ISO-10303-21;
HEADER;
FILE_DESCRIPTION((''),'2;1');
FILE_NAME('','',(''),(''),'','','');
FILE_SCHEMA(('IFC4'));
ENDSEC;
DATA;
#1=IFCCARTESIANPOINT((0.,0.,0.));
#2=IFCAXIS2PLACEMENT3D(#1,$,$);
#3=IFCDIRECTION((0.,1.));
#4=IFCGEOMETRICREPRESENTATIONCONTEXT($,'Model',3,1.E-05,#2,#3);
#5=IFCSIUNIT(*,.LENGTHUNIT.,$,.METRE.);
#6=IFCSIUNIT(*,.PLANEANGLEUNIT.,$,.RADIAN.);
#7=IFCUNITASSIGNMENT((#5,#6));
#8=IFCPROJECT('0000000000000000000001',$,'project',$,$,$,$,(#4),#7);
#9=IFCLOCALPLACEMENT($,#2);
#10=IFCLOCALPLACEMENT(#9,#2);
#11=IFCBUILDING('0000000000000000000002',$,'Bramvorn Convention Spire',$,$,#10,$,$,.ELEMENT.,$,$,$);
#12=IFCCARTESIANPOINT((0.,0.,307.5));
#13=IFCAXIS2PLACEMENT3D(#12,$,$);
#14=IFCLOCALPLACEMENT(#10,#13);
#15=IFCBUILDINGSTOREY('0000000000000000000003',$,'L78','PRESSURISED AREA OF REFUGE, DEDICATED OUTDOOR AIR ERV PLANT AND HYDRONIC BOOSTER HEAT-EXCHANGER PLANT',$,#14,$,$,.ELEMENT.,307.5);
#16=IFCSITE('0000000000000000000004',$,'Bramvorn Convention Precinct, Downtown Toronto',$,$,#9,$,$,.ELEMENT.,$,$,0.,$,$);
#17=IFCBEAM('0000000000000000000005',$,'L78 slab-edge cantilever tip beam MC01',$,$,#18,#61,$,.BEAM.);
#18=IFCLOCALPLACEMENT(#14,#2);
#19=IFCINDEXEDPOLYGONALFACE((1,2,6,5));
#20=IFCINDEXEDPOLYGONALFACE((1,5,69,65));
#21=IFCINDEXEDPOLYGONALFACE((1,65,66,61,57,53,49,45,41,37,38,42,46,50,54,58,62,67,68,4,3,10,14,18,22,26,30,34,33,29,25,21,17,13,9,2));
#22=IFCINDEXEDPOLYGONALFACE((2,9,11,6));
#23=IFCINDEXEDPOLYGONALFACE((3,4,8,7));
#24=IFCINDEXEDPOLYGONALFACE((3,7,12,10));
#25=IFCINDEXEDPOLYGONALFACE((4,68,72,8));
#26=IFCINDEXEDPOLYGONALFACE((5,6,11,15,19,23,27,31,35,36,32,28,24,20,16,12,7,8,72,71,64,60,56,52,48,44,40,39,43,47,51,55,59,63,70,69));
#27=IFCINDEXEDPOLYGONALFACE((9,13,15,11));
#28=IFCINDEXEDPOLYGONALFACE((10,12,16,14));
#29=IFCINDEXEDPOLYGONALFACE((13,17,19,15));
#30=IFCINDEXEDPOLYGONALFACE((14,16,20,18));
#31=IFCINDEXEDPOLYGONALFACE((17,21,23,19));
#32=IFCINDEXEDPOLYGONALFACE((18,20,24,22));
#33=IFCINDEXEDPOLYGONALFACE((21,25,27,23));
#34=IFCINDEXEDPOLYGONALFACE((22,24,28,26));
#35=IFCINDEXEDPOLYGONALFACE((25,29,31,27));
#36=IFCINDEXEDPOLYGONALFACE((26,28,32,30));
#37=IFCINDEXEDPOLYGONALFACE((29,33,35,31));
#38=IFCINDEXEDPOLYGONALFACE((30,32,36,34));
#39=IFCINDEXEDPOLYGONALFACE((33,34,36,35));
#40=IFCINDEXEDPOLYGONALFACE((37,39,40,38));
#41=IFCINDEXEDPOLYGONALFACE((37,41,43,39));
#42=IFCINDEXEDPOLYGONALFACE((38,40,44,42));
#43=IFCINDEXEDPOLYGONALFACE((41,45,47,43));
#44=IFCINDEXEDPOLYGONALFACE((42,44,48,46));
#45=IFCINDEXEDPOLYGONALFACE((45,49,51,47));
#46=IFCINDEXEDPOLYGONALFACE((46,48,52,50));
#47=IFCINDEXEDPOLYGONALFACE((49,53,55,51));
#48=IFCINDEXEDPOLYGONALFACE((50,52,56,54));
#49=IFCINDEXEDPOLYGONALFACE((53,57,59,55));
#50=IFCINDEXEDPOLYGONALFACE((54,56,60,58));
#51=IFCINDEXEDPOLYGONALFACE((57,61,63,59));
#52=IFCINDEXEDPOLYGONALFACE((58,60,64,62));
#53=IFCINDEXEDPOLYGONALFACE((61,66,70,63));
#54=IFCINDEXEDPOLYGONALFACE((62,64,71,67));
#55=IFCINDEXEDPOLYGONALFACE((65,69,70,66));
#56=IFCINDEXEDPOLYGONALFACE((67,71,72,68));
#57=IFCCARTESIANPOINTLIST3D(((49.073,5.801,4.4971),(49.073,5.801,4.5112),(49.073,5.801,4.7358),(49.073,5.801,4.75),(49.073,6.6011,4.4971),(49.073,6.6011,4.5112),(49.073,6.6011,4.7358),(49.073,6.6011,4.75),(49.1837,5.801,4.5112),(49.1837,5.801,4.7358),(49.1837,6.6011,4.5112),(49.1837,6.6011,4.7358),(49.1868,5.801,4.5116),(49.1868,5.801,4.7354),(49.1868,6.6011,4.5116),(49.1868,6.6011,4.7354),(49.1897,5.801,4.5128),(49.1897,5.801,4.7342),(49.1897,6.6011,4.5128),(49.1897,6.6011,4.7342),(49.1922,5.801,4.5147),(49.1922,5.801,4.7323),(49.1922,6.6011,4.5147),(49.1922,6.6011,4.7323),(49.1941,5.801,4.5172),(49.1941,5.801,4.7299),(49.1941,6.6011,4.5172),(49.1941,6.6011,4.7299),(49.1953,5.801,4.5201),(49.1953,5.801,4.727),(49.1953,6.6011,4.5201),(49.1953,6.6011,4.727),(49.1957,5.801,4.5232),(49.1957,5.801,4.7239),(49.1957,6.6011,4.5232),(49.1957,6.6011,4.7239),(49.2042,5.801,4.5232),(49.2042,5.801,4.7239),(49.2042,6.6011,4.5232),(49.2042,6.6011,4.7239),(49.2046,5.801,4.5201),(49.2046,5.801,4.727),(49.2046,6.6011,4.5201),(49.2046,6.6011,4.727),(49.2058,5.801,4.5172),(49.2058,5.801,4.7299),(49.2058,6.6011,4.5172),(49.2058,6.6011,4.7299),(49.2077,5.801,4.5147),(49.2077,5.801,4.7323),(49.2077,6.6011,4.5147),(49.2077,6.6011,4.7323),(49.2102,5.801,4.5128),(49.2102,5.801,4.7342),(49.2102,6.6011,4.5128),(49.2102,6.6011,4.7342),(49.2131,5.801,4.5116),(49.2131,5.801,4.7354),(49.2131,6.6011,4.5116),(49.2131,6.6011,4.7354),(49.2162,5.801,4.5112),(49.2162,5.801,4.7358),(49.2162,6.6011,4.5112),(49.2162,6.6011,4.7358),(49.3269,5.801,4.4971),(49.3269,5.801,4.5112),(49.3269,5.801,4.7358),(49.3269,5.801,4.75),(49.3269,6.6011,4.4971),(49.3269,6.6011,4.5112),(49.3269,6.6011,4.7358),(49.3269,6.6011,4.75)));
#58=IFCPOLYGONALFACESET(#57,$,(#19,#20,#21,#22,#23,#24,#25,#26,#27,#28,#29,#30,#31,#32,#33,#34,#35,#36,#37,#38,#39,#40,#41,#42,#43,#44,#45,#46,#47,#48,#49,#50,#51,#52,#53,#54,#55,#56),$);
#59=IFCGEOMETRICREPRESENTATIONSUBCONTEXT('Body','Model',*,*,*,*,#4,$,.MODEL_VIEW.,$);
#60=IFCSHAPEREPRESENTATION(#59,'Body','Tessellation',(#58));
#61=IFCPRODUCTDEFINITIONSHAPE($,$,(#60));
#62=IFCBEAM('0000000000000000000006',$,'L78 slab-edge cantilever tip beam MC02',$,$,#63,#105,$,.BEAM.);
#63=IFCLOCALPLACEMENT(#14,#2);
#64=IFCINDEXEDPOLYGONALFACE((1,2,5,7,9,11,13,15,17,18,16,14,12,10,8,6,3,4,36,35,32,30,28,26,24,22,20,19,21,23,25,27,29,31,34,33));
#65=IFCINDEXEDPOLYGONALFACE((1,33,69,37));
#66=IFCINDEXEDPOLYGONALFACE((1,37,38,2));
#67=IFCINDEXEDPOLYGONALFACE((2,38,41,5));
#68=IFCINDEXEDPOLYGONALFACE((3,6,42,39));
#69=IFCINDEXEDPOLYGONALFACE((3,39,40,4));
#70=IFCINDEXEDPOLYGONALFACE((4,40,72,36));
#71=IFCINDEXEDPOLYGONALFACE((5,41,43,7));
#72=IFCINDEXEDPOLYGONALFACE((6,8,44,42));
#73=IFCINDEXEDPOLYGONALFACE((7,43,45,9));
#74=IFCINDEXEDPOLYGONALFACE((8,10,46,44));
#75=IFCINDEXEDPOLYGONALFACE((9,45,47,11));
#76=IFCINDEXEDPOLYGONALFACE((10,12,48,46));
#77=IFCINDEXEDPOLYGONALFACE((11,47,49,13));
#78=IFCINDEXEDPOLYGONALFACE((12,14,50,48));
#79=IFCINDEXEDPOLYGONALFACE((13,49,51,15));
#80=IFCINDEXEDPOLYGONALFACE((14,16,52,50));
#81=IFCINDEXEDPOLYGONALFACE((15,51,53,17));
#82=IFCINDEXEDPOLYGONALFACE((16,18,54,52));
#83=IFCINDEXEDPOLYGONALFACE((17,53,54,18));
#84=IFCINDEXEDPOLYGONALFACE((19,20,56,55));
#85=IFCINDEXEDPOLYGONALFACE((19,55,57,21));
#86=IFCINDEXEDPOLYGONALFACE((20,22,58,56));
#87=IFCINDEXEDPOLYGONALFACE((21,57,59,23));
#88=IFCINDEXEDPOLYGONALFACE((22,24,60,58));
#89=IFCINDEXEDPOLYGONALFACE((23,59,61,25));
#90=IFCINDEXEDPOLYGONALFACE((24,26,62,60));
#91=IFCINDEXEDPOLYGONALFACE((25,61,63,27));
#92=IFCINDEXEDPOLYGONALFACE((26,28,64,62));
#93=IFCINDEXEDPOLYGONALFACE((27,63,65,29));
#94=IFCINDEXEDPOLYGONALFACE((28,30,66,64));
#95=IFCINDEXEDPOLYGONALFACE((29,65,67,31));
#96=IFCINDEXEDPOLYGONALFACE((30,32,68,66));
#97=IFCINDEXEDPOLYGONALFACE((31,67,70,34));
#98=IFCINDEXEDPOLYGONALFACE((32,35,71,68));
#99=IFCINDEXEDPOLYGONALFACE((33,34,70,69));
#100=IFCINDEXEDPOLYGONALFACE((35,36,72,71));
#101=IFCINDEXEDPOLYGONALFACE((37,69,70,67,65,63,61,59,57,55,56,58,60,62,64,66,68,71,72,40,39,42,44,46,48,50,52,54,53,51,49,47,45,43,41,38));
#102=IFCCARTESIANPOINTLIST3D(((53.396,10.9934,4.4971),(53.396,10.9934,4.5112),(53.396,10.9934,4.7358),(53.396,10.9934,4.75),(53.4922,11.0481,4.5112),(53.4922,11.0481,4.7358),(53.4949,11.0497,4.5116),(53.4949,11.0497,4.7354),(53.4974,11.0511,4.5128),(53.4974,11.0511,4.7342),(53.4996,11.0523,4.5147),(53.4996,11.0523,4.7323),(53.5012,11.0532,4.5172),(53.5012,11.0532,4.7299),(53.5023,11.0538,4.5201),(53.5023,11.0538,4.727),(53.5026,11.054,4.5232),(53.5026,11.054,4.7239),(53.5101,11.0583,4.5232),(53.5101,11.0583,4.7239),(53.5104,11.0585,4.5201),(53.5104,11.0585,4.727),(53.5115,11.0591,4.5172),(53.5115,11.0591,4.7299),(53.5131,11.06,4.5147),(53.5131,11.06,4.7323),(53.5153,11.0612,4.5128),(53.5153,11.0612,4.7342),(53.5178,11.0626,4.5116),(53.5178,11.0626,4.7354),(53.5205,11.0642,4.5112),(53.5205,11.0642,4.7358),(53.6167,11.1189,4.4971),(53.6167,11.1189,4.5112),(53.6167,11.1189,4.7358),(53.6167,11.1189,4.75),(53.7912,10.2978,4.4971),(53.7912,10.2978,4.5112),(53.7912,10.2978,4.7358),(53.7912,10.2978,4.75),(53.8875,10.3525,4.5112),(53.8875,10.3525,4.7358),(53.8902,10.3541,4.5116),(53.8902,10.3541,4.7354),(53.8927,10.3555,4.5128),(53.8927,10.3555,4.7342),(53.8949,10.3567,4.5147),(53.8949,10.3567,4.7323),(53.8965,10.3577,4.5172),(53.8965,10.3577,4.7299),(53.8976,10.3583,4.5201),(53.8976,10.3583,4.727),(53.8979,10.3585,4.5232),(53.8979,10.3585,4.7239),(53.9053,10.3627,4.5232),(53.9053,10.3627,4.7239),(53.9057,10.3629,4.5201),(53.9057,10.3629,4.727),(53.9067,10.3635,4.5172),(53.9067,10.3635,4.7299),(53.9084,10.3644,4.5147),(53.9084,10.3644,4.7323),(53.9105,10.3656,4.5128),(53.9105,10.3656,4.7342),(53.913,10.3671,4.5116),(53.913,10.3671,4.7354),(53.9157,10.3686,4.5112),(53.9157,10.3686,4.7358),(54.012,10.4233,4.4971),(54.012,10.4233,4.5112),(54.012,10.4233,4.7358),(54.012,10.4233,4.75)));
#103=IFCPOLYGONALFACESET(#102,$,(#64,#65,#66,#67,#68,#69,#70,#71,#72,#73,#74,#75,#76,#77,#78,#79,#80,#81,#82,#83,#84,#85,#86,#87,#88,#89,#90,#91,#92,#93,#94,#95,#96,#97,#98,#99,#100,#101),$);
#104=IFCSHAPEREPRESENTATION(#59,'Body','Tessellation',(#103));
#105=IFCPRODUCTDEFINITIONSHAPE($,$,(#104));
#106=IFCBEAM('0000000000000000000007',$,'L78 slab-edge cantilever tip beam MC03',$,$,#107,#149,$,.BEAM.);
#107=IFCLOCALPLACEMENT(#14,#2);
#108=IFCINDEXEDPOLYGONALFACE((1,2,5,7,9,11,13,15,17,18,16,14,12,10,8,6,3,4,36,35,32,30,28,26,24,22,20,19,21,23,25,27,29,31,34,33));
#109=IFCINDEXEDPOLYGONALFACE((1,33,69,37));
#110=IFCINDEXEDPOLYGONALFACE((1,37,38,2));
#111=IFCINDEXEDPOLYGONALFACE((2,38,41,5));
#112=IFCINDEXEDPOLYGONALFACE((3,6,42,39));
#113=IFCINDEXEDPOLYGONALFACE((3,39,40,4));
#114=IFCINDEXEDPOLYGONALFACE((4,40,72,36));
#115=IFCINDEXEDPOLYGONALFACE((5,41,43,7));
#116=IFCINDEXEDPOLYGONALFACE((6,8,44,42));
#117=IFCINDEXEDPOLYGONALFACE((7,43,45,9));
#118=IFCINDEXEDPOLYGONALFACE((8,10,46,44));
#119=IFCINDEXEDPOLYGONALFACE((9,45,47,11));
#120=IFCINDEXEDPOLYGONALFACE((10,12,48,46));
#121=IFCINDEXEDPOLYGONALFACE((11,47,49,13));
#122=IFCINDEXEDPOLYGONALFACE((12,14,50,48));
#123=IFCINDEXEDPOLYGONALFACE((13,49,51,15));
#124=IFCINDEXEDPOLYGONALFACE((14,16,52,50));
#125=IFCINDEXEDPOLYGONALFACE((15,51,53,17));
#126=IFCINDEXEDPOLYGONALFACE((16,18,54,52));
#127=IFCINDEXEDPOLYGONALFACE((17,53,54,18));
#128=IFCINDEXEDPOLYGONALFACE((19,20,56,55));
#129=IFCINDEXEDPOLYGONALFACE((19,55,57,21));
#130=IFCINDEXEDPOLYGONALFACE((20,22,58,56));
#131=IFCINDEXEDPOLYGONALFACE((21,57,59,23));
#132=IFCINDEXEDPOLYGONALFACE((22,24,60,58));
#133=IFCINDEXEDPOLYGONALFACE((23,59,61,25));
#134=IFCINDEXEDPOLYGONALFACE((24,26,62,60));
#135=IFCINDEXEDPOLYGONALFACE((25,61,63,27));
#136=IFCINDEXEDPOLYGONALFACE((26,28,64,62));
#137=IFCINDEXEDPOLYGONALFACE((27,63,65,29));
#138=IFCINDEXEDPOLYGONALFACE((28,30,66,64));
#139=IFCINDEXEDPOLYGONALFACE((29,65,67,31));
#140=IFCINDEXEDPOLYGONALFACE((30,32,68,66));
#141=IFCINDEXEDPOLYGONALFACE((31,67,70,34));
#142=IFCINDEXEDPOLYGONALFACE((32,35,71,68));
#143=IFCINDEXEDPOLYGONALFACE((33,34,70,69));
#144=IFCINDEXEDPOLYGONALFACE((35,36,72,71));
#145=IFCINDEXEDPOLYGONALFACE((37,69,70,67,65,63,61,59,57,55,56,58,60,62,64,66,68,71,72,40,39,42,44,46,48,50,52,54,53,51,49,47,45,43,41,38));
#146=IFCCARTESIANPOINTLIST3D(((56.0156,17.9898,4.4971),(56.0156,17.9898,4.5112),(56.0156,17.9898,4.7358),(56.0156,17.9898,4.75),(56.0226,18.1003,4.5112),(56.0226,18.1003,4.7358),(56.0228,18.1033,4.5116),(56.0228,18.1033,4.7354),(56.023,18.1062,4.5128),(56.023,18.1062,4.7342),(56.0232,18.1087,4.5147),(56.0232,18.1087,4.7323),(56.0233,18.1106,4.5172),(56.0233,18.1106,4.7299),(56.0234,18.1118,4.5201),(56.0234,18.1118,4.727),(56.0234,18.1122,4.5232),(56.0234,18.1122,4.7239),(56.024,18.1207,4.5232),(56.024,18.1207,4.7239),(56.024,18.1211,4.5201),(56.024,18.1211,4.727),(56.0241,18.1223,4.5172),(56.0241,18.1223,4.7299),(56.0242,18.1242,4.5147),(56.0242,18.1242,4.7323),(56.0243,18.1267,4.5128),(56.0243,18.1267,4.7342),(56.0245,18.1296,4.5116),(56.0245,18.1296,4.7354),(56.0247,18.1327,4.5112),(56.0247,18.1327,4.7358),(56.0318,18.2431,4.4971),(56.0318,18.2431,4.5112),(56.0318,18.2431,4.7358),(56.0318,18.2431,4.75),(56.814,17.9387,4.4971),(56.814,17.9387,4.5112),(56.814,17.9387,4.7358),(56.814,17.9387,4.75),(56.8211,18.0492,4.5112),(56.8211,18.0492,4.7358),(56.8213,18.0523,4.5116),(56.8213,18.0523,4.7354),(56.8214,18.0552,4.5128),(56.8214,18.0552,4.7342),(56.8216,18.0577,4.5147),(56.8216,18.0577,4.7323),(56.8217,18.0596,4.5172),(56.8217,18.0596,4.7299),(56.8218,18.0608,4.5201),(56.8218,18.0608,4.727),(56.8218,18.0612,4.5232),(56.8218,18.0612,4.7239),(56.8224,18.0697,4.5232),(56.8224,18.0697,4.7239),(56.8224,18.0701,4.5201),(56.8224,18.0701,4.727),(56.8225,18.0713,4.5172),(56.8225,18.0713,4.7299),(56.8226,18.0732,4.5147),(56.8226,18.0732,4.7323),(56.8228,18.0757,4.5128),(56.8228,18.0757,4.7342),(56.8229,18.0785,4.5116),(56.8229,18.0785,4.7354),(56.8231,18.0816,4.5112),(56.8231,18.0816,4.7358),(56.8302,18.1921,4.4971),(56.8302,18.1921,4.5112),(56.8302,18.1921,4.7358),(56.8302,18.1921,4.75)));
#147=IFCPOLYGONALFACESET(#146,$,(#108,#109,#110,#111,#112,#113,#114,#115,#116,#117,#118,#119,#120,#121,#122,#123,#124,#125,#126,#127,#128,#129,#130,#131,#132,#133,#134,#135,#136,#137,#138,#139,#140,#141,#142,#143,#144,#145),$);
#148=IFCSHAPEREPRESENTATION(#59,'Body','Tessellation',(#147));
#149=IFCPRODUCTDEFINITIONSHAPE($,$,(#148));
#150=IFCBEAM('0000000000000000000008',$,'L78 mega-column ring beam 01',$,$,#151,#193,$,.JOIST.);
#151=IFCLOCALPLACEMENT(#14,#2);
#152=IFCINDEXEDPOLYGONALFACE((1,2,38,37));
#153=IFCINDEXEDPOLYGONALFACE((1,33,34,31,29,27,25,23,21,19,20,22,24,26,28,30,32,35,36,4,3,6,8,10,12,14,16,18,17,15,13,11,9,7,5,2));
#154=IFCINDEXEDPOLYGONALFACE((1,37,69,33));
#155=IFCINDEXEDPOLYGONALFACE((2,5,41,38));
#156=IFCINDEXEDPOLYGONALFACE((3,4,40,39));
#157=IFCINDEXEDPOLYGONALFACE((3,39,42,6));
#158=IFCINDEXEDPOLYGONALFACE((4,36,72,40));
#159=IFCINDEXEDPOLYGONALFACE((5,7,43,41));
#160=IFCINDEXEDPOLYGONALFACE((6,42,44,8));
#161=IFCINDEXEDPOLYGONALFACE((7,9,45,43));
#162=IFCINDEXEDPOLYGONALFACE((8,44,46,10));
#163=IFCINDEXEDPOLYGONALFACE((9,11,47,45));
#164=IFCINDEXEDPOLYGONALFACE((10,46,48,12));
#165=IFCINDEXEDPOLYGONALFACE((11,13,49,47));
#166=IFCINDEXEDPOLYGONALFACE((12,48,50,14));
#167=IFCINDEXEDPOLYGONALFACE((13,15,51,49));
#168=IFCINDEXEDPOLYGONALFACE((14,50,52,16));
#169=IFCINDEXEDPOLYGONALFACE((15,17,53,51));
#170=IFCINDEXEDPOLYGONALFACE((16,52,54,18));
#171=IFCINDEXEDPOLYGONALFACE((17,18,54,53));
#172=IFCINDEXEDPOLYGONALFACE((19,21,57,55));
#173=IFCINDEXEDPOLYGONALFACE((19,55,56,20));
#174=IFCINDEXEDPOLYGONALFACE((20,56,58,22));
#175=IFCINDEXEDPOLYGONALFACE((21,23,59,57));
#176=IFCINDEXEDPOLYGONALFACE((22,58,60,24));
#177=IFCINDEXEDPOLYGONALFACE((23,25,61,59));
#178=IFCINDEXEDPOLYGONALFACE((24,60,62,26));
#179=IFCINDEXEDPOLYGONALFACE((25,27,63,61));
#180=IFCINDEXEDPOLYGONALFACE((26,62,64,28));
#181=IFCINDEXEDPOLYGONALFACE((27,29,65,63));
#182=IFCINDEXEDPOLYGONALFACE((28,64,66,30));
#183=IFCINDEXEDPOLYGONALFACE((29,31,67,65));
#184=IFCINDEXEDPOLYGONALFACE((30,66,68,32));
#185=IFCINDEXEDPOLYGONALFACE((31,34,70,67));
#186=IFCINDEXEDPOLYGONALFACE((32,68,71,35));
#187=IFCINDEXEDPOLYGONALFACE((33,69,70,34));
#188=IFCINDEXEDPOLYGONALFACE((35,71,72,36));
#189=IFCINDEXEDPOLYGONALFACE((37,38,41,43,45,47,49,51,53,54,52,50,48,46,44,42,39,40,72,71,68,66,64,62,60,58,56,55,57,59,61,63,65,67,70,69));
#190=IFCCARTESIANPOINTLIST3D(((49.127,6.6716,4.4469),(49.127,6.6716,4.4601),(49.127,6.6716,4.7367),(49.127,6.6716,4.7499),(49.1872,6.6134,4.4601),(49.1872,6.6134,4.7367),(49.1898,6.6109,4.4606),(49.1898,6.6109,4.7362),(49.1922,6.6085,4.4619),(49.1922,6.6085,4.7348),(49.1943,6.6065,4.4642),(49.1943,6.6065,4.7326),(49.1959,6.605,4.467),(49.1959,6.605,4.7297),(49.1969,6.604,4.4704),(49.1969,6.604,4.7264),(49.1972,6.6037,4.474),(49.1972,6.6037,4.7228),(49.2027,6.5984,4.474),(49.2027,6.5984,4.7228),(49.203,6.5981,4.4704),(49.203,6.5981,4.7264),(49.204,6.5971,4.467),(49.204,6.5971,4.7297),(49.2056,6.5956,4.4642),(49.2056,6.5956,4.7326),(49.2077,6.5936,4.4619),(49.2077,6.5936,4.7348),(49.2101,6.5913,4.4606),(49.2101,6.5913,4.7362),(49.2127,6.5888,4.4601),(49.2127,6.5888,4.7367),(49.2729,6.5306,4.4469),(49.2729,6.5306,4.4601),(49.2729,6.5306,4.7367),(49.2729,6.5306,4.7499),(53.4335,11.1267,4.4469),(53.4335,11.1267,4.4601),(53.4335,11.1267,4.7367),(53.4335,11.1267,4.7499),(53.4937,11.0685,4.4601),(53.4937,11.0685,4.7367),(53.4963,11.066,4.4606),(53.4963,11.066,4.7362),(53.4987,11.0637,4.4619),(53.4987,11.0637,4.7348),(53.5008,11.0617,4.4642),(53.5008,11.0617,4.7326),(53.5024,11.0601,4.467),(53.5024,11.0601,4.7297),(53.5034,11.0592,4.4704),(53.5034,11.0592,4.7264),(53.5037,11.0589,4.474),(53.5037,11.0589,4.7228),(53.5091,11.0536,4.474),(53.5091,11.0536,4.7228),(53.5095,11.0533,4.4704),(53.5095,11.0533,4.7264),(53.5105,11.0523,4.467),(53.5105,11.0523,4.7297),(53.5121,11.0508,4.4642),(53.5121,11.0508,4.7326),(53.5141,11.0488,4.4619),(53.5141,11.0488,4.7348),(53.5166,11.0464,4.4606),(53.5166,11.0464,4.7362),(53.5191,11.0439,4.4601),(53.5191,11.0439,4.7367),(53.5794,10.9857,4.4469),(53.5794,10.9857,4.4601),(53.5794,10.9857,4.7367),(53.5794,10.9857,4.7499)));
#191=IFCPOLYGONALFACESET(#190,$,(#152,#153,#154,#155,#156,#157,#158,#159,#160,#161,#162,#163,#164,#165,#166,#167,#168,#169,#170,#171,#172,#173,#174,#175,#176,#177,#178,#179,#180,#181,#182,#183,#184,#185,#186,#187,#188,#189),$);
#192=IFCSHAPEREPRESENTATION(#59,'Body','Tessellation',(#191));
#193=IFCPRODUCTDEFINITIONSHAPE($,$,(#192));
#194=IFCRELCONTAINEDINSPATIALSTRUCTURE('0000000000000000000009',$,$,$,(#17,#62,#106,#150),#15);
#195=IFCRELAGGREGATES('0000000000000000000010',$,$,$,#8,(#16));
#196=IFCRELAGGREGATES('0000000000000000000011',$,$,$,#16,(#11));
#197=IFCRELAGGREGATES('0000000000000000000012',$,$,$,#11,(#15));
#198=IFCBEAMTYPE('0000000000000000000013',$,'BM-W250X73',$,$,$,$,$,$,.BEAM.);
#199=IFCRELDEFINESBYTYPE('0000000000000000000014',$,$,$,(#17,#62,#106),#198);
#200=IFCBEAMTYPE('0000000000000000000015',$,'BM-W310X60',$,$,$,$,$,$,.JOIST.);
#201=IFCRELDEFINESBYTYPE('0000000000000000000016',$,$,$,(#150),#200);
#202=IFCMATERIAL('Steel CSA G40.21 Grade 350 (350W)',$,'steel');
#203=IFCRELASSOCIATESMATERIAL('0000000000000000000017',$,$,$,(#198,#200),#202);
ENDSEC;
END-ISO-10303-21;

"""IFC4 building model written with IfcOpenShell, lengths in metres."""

from ifc_helpers import new_model, si_unit, direction, frame, origin, origin_2d, place, context, subcontext, project, spatial, i_section, extrude, material, material_profile, profile_set, type_object, element, save


model = new_model("IFC4")

# Units and contexts
model_context = context("Model", 3, precision=1e-05, world=origin(), true_north=direction((0.0, 1.0)))
body_context = subcontext(model_context, "Body", "Model", "MODEL_VIEW")
ifc_project = project(units=[si_unit("LENGTHUNIT", "METRE"), si_unit("PLANEANGLEUNIT", "RADIAN")], contexts=[model_context])

# Site, building, storey
site_placement = place(None, origin())
site = spatial("IfcSite", under=ifc_project, at=site_placement, Name="Bramvorn Convention Precinct, Downtown Toronto", CompositionType="ELEMENT", RefElevation=0.0)
building_placement = place(site_placement, origin())
building = spatial("IfcBuilding", under=site, at=building_placement, Name="Bramvorn Convention Spire", CompositionType="ELEMENT")
storey_placement = place(building_placement, frame((0.0, 0.0, 307.5)))
storey = spatial("IfcBuildingStorey", under=building, at=storey_placement, Name="L78", Description="PRESSURISED AREA OF REFUGE, DEDICATED OUTDOOR AIR ERV PLANT AND HYDRONIC BOOSTER HEAT-EXCHANGER PLANT", CompositionType="ELEMENT", Elevation=307.5)

# Shared definitions
ifc_material_1 = material(Name="Steel CSA G40.21 Grade 350 (350W)", Category="steel")

# Beams
ifc_material_profile_1 = material_profile(ifc_material_1, i_section(OverallWidth=0.2539, OverallDepth=0.2529, WebThickness=0.0085, FlangeThickness=0.0142, FilletRadius=0.012, at=origin_2d()))
ifc_profile_set_1 = profile_set([ifc_material_profile_1], Name="Steel CSA G40.21 Grade 350 (350W) - W250X73")
beam_type_1 = type_object("IfcBeamType", Name="BM-W250X73", PredefinedType="BEAM", material=ifc_profile_set_1)
for number, where, z_axis, x_axis, name in (
    (1, (49.2, 6.6011, 4.6235), (0.0, -1.0, 0.0), (1.0, 0.0, 0.0), "L78 slab-edge cantilever tip beam MC01"),
    (2, (53.5063, 11.0562, 4.6235), (0.494067, -0.869424, 0.0), (0.869424, 0.494067, 0.0), "L78 slab-edge cantilever tip beam MC02"),
    (3, (56.0237, 18.1165, 4.6235), (0.997964, -0.063784, 0.0), (0.063784, 0.997964, 0.0), "L78 slab-edge cantilever tip beam MC03"),
):
    element("IfcBeam", number, at=place(storey_placement, frame(where, z_axis=z_axis, x_axis=x_axis)), inside=storey, type_object=beam_type_1, Name=name, PredefinedType="BEAM", context=body_context, shape_type="SweptSolid", body=[
        extrude(i_section(OverallWidth=0.2539, OverallDepth=0.2529, WebThickness=0.0085, FlangeThickness=0.0142, FilletRadius=0.012, at=origin_2d()), origin(), (0.0, 0.0, 1.0), 0.8),
    ])
ifc_material_profile_2 = material_profile(ifc_material_1, i_section(OverallWidth=0.2029, OverallDepth=0.303, WebThickness=0.0076, FlangeThickness=0.0132, FilletRadius=0.0139, at=origin_2d()))
ifc_profile_set_2 = profile_set([ifc_material_profile_2], Name="Steel CSA G40.21 Grade 350 (350W) - W310X60")
beam_type_2 = type_object("IfcBeamType", Name="BM-W310X60", PredefinedType="JOIST", material=ifc_profile_set_2)
beam_1_placement = place(storey_placement, frame((49.2, 6.6011, 4.5984), z_axis=(0.695007, 0.719003, 0.0), x_axis=(-0.719003, 0.695007, 0.0)))
element("IfcBeam", 4, at=beam_1_placement, inside=storey, type_object=beam_type_2, Name="L78 mega-column ring beam 01", PredefinedType="JOIST", context=body_context, shape_type="SweptSolid", body=[
    extrude(i_section(OverallWidth=0.2029, OverallDepth=0.303, WebThickness=0.0076, FlangeThickness=0.0132, FilletRadius=0.0139, at=origin_2d()), origin(), (0.0, 0.0, 1.0), 6.1963),
])

save(model, "model.ifc")
